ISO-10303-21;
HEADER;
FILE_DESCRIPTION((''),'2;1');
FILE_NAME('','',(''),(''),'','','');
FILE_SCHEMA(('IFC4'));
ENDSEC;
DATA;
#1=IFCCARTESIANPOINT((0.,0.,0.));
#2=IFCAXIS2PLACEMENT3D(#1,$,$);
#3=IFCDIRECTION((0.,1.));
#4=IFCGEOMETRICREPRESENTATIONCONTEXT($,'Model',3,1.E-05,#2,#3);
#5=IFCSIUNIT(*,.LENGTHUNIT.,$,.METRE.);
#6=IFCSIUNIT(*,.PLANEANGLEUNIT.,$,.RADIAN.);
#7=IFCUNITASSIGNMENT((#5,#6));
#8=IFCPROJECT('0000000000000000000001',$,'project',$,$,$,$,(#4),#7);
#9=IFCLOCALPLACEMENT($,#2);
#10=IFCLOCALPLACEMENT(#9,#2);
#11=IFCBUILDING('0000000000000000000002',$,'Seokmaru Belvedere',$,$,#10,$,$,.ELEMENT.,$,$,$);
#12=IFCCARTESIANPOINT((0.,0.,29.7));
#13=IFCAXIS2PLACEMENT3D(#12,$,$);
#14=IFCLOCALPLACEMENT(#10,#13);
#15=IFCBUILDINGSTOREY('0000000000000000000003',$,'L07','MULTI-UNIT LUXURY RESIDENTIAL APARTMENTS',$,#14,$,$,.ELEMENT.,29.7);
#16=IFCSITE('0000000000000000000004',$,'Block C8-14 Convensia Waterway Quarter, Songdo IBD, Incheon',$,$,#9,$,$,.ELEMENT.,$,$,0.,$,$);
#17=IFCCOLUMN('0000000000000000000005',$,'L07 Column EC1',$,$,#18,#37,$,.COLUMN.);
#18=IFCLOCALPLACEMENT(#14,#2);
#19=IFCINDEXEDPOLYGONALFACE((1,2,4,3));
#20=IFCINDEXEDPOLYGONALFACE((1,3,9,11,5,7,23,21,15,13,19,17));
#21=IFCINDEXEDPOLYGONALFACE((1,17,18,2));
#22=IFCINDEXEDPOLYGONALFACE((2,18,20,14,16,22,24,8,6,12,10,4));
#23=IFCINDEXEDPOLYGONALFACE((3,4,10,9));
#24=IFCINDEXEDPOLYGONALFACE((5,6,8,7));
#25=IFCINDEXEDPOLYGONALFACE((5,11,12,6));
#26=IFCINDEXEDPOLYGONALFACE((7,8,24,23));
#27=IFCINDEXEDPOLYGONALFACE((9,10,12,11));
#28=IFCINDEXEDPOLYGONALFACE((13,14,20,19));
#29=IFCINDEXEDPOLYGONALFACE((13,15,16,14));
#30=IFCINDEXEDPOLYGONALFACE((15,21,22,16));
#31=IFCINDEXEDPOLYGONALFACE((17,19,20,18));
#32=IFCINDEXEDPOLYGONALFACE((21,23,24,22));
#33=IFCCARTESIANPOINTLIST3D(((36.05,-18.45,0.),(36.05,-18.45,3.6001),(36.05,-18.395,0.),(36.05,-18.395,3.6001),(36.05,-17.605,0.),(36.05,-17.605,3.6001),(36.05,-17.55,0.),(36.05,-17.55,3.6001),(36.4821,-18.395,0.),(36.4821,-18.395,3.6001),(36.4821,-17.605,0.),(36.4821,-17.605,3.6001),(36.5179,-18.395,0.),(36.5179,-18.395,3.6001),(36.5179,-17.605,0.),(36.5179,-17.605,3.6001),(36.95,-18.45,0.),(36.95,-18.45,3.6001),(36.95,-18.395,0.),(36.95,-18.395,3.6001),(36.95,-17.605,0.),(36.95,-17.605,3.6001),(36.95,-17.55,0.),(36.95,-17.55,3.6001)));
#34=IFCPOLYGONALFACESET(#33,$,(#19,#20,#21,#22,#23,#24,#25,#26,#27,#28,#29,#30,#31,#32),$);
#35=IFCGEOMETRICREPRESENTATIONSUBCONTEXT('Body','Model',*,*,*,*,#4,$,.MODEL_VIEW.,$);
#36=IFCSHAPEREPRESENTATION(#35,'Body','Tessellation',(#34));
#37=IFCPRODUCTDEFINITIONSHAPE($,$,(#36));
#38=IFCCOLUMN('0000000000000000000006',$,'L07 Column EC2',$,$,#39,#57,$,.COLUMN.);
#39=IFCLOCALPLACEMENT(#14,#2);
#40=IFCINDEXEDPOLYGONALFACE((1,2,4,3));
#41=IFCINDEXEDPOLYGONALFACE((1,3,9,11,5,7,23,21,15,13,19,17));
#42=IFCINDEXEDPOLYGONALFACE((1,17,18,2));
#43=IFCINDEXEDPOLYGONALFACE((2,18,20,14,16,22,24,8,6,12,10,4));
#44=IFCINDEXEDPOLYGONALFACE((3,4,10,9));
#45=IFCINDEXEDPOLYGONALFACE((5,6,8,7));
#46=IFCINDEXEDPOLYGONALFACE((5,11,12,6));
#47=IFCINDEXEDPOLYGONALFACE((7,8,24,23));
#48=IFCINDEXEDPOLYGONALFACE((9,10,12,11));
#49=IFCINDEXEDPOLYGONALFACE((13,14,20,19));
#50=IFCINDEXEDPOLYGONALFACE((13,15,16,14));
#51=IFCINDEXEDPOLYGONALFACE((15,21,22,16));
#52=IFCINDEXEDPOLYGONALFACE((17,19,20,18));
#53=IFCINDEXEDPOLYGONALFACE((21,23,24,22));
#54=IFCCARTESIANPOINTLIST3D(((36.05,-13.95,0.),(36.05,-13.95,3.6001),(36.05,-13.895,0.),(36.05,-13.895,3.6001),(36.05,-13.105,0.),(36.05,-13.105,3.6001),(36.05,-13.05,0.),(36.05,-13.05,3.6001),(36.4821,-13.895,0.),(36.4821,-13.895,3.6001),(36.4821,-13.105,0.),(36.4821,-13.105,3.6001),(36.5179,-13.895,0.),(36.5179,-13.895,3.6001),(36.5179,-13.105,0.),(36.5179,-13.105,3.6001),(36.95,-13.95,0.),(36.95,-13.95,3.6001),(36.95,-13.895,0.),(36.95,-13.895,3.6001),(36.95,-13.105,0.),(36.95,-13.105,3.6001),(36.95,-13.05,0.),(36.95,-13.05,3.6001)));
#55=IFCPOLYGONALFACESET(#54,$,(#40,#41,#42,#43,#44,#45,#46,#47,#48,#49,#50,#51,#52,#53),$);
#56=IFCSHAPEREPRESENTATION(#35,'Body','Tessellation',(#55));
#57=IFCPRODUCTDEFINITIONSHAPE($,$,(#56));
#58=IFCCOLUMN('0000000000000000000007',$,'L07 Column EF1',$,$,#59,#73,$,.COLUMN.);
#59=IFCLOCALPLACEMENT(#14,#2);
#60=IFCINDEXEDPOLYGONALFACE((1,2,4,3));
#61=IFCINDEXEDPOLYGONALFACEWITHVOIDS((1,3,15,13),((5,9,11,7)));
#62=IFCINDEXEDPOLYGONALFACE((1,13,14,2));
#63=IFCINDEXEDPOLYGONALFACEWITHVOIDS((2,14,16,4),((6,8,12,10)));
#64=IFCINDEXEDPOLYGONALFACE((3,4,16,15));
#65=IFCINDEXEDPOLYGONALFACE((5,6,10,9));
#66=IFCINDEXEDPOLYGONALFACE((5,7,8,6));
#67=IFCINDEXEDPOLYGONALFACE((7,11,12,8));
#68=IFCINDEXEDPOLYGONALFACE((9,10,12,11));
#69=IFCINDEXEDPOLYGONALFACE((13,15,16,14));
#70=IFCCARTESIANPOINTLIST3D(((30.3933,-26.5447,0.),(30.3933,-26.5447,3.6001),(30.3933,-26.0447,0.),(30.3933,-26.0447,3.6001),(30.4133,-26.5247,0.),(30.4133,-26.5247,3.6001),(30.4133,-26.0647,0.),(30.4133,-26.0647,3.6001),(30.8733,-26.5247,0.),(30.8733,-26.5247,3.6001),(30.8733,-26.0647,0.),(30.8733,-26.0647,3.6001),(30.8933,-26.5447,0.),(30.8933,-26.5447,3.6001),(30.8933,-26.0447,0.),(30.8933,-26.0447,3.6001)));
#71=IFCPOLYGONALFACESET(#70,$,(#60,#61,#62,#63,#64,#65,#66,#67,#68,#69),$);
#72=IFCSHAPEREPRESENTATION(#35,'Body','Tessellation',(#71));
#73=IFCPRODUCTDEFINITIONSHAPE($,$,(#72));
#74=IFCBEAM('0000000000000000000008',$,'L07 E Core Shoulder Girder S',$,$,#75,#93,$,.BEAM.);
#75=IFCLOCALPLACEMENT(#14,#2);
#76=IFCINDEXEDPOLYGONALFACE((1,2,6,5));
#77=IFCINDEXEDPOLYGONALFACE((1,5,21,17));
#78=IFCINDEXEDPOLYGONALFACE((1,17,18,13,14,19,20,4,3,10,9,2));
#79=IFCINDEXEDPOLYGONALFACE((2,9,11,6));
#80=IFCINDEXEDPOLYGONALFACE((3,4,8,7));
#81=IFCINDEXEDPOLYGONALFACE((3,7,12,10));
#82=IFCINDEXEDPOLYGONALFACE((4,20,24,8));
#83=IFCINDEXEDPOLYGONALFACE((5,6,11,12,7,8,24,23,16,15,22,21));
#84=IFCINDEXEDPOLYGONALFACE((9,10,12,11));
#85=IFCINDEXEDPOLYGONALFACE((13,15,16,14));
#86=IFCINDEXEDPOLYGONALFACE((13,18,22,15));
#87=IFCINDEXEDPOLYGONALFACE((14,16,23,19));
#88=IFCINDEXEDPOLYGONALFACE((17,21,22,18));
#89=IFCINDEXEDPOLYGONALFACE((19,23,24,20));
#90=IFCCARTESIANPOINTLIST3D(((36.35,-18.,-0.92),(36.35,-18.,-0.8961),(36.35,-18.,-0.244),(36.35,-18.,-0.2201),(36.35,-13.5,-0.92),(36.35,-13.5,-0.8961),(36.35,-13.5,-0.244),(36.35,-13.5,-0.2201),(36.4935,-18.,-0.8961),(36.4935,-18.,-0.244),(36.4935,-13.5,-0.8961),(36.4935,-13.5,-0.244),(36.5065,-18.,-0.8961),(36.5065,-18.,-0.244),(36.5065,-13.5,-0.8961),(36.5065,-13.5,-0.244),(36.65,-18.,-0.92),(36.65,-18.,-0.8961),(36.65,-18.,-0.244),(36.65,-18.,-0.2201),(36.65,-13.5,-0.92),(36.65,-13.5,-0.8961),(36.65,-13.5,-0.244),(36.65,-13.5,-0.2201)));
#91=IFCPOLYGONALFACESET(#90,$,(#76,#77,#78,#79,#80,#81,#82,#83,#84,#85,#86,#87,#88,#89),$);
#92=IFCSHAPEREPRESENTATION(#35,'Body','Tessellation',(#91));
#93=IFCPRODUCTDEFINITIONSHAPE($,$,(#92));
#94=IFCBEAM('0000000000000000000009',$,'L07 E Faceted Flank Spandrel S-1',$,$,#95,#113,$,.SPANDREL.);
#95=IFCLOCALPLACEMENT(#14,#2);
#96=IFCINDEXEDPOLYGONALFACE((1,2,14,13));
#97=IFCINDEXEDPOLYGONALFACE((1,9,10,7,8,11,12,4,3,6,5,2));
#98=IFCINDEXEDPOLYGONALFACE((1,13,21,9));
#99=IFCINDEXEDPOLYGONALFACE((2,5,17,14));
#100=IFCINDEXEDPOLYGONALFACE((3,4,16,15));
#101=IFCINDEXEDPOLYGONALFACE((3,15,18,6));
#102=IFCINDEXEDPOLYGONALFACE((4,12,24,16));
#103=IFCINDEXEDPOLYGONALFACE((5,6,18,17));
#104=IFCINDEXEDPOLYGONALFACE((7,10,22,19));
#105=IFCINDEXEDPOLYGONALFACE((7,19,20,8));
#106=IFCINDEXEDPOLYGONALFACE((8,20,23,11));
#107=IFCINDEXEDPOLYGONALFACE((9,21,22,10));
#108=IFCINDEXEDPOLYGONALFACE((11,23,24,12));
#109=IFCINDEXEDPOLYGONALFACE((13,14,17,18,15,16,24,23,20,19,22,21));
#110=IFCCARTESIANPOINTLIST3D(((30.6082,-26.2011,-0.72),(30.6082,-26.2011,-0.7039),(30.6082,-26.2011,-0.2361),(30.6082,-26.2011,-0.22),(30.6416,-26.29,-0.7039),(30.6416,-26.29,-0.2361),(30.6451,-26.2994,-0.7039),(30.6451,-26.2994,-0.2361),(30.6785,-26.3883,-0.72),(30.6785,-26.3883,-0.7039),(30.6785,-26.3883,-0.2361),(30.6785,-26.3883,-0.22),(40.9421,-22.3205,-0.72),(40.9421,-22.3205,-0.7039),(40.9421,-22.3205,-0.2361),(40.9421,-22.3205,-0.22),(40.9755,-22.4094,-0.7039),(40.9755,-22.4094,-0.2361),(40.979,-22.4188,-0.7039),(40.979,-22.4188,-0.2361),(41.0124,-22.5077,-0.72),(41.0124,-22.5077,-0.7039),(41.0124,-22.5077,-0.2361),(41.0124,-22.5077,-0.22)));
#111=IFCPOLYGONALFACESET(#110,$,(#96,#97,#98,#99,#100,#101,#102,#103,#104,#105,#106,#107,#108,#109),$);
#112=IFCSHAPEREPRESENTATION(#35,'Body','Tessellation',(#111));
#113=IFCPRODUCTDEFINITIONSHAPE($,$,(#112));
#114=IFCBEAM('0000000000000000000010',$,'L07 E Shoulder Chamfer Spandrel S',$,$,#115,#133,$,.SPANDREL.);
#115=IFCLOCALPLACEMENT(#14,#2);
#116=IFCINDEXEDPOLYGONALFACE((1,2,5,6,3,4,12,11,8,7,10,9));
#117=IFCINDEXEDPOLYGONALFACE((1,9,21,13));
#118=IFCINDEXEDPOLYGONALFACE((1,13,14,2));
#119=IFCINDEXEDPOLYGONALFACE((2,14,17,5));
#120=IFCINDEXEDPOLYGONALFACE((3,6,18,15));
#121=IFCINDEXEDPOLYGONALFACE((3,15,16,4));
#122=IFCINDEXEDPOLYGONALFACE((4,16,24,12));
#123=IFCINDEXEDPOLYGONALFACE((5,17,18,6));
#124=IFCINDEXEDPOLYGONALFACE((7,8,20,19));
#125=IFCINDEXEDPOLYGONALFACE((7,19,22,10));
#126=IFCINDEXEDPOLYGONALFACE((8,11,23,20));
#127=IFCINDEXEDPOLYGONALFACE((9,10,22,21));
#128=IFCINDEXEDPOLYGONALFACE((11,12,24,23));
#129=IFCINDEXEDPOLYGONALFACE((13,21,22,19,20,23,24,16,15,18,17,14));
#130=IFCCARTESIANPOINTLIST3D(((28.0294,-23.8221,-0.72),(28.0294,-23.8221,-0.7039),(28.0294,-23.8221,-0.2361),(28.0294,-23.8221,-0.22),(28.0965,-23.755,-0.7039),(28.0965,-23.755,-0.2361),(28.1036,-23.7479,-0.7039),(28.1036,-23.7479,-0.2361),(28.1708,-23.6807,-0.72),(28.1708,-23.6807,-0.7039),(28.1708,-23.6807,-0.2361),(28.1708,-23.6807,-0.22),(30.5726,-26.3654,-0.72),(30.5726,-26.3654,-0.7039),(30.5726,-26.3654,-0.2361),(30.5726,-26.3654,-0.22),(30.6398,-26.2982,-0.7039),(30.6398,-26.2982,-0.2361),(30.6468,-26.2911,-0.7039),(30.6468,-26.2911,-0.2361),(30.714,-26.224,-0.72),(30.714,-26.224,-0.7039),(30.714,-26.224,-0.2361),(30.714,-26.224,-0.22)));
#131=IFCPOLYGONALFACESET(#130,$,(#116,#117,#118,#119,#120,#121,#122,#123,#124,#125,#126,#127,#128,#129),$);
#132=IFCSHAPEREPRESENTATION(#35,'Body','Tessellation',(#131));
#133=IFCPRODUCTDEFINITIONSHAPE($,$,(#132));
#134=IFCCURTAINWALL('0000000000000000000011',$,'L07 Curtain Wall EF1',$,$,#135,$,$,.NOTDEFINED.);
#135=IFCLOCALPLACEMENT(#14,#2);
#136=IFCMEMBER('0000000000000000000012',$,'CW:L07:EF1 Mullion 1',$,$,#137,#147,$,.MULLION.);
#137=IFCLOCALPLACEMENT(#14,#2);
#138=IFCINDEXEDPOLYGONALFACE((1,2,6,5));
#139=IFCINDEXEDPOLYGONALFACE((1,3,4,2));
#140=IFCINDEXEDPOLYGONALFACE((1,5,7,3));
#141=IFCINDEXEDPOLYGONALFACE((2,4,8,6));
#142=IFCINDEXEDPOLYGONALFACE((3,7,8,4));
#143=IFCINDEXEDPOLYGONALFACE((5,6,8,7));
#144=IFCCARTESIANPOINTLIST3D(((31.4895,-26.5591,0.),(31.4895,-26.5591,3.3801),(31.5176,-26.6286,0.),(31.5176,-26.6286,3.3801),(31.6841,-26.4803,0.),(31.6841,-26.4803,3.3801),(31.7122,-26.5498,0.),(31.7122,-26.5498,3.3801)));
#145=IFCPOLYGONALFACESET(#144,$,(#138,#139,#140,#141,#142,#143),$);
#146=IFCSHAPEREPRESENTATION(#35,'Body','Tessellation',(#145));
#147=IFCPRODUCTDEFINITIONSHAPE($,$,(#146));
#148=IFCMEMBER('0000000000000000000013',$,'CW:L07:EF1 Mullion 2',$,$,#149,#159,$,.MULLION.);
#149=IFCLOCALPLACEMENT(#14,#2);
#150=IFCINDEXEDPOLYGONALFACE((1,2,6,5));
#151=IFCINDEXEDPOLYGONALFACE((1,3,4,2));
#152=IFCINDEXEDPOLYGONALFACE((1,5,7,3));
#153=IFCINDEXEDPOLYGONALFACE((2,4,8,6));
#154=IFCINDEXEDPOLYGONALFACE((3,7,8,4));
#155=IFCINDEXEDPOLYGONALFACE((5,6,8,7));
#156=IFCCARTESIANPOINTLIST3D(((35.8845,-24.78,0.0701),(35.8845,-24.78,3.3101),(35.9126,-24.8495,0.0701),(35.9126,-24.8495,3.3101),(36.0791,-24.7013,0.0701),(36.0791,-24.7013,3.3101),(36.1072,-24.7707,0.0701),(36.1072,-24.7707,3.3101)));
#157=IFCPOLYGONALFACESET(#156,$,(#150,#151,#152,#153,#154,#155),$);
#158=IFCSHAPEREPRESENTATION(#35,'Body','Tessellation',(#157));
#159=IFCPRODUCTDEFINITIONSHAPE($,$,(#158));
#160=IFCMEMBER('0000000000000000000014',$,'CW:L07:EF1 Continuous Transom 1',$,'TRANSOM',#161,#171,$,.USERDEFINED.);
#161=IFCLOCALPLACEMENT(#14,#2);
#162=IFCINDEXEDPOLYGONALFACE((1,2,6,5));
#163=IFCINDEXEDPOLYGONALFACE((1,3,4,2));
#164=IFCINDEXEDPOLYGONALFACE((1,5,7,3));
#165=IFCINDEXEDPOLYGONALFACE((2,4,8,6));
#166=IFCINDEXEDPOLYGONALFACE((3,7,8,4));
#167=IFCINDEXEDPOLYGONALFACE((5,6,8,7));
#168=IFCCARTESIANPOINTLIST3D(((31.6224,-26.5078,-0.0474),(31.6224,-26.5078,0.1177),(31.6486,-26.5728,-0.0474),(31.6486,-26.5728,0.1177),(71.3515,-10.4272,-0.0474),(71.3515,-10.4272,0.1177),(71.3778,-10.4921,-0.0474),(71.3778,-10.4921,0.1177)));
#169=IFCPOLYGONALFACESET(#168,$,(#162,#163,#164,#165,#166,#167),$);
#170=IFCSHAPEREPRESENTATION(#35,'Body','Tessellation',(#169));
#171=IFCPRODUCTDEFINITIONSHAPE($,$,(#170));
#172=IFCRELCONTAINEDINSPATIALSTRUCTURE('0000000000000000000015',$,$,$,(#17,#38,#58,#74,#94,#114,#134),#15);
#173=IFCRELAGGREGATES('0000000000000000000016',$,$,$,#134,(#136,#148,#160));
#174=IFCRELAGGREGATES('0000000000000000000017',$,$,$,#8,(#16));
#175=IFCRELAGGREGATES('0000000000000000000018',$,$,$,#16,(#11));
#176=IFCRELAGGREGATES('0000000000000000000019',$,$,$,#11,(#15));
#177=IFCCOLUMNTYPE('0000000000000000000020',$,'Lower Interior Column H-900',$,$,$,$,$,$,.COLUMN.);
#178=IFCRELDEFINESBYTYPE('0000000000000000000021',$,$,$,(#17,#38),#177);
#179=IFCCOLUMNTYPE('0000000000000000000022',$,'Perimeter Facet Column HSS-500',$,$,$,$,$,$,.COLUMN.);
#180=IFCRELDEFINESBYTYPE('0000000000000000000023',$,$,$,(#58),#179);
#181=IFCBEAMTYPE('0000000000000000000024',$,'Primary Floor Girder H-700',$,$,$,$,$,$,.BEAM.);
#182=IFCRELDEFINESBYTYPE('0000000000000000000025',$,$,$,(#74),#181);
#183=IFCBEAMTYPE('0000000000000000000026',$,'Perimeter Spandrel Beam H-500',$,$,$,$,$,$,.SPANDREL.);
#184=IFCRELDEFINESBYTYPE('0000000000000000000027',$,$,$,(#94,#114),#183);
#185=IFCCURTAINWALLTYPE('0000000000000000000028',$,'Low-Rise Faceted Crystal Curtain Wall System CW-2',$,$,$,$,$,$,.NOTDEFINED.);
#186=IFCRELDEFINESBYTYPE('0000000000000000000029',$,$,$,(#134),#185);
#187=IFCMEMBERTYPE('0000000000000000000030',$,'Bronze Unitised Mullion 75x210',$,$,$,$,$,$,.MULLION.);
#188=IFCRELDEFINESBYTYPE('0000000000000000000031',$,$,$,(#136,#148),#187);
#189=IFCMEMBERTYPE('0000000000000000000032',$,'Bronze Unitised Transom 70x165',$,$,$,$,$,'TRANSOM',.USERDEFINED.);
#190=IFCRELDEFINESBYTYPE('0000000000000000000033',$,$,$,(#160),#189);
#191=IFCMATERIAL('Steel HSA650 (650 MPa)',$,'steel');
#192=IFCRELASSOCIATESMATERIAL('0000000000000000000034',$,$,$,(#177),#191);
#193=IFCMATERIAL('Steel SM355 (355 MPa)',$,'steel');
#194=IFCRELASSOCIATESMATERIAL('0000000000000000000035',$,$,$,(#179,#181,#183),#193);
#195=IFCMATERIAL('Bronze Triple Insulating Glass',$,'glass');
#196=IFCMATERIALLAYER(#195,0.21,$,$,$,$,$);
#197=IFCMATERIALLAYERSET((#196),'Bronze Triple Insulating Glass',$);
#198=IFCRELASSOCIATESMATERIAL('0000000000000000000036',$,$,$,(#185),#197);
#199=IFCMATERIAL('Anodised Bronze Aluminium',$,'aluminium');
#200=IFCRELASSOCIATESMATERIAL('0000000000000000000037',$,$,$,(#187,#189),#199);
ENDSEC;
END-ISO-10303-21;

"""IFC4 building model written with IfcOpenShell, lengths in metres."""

from ifc_helpers import new_model, si_unit, direction, frame, origin, origin_2d, place, context, subcontext, project, spatial, rectangle, hollow_rectangle, i_section, extrude, source, transform, mapped, material, layer, layer_set, material_profile, profile_set, type_object, type_shapes, element, aggregate, save


model = new_model("IFC4")

# Units and contexts
model_context = context("Model", 3, precision=1e-05, world=origin(), true_north=direction((0.0, 1.0)))
body_context = subcontext(model_context, "Body", "Model", "MODEL_VIEW")
ifc_project = project(units=[si_unit("LENGTHUNIT", "METRE"), si_unit("PLANEANGLEUNIT", "RADIAN")], contexts=[model_context])

# Site, building, storey
site_placement = place(None, origin())
site = spatial("IfcSite", under=ifc_project, at=site_placement, Name="Block C8-14 Convensia Waterway Quarter, Songdo IBD, Incheon", CompositionType="ELEMENT", RefElevation=0.0)
building_placement = place(site_placement, origin())
building = spatial("IfcBuilding", under=site, at=building_placement, Name="Seokmaru Belvedere", CompositionType="ELEMENT")
storey_placement = place(building_placement, frame((0.0, 0.0, 29.7)))
storey = spatial("IfcBuildingStorey", under=building, at=storey_placement, Name="L07", Description="MULTI-UNIT LUXURY RESIDENTIAL APARTMENTS", CompositionType="ELEMENT", Elevation=29.7)

# Columns
ifc_material_1 = material(Name="Steel HSA650 (650 MPa)", Category="steel")
ifc_material_profile_1 = material_profile(ifc_material_1, i_section(OverallWidth=0.8999, OverallDepth=0.8999, WebThickness=0.0359, FlangeThickness=0.0549, at=origin_2d()), Name="H-900x900x36x55")
ifc_profile_set_1 = profile_set([ifc_material_profile_1], Name="Steel HSA650 (650 MPa)")
column_type_1 = type_object("IfcColumnType", Name="Lower Interior Column H-900", PredefinedType="COLUMN", material=ifc_profile_set_1)
shared_shape_1 = source(origin(), body_context, "Body", "SweptSolid", [
    extrude(i_section(OverallWidth=0.8999, OverallDepth=0.8999, WebThickness=0.0359, FlangeThickness=0.0549, at=origin_2d()), origin(), (0.0, 0.0, 1.0), 3.6001),
])
type_shapes(column_type_1, [shared_shape_1])
for number, where, z_axis, x_axis, name in (
    (1, (36.5, -18.0, 0.0), (0.0, 0.0, 1.0), (1.0, 0.0, 0.0), "L07 Column EC1"),
    (2, (36.5, -13.5, 0.0), (0.0, 0.0, 1.0), (1.0, 0.0, 0.0), "L07 Column EC2"),
):
    element("IfcColumn", number, at=place(storey_placement, frame(where, z_axis=z_axis, x_axis=x_axis)), inside=storey, type_object=column_type_1, Name=name, PredefinedType="COLUMN", context=body_context, shape_type="MappedRepresentation", body=[
        mapped(shared_shape_1, transform((0.0, 0.0, 0.0), scale=1.0)),
    ])
ifc_material_2 = material(Name="Steel SM355 (355 MPa)", Category="steel")
ifc_material_profile_2 = material_profile(ifc_material_2, hollow_rectangle(XDim=0.5, YDim=0.5, WallThickness=0.02, at=origin_2d()), Name="HSS-500x500x20")
ifc_profile_set_2 = profile_set([ifc_material_profile_2], Name="Steel SM355 (355 MPa)")
column_type_2 = type_object("IfcColumnType", Name="Perimeter Facet Column HSS-500", PredefinedType="COLUMN", material=ifc_profile_set_2)
shared_shape_2 = source(origin(), body_context, "Body", "SweptSolid", [
    extrude(hollow_rectangle(XDim=0.5, YDim=0.5, WallThickness=0.02, at=origin_2d()), origin(), (0.0, 0.0, 1.0), 3.6001),
])
type_shapes(column_type_2, [shared_shape_2])
column_placement = place(storey_placement, frame((30.6433, -26.2947, 0.0), z_axis=(0.0, 0.0, 1.0), x_axis=(1.0, 0.0, 0.0)))
element("IfcColumn", 3, at=column_placement, inside=storey, type_object=column_type_2, Name="L07 Column EF1", PredefinedType="COLUMN", context=body_context, shape_type="MappedRepresentation", body=[
    mapped(shared_shape_2, transform((0.0, 0.0, 0.0), scale=1.0)),
])

# Beams
ifc_material_profile_3 = material_profile(ifc_material_2, i_section(OverallWidth=0.3, OverallDepth=0.7, WebThickness=0.0129, FlangeThickness=0.0239, at=origin_2d()), Name="H-700x300x13x24")
ifc_profile_set_3 = profile_set([ifc_material_profile_3], Name="Steel SM355 (355 MPa)")
beam_type_1 = type_object("IfcBeamType", Name="Primary Floor Girder H-700", PredefinedType="BEAM", material=ifc_profile_set_3)
shared_shape_3 = source(origin(), body_context, "Body", "SweptSolid", [
    extrude(i_section(OverallWidth=0.3, OverallDepth=0.7, WebThickness=0.0129, FlangeThickness=0.0239, at=origin_2d()), origin(), (0.0, 0.0, 1.0), 4.5),
])
type_shapes(beam_type_1, [shared_shape_3])
beam_1_placement = place(storey_placement, frame((36.5, -18.0, -0.5701), z_axis=(0.0, 1.0, 0.0), x_axis=(-1.0, 0.0, 0.0)))
element("IfcBeam", 4, at=beam_1_placement, inside=storey, type_object=beam_type_1, Name="L07 E Core Shoulder Girder S", PredefinedType="BEAM", context=body_context, shape_type="MappedRepresentation", body=[
    mapped(shared_shape_3, transform((0.0, 0.0, 0.0), scale=1.0)),
])
ifc_material_profile_4 = material_profile(ifc_material_2, i_section(OverallWidth=0.2, OverallDepth=0.5, WebThickness=0.01, FlangeThickness=0.0161, at=origin_2d()), Name="H-500x200x10x16")
ifc_profile_set_4 = profile_set([ifc_material_profile_4], Name="Steel SM355 (355 MPa)")
beam_type_2 = type_object("IfcBeamType", Name="Perimeter Spandrel Beam H-500", PredefinedType="SPANDREL", material=ifc_profile_set_4)
shared_shape_4 = source(origin(), body_context, "Body", "SweptSolid", [
    extrude(i_section(OverallWidth=0.2, OverallDepth=0.5, WebThickness=0.01, FlangeThickness=0.0161, at=origin_2d()), origin(), (0.0, 0.0, 1.0), 11.0386),
])
beam_2_placement = place(storey_placement, frame((30.6433, -26.2947, -0.47), z_axis=(0.936169, 0.35155, 0.0), x_axis=(-0.35155, 0.936169, 0.0)))
element("IfcBeam", 5, at=beam_2_placement, inside=storey, type_object=beam_type_2, Name="L07 E Faceted Flank Spandrel S-1", PredefinedType="SPANDREL", context=body_context, shape_type="MappedRepresentation", body=[
    mapped(shared_shape_4, transform((0.0, 0.0, 0.0), scale=1.0)),
])
shared_shape_5 = source(origin(), body_context, "Body", "SweptSolid", [
    extrude(i_section(OverallWidth=0.2, OverallDepth=0.5, WebThickness=0.01, FlangeThickness=0.0161, at=origin_2d()), origin(), (0.0, 0.0, 1.0), 3.5967),
])
type_shapes(beam_type_2, [shared_shape_4, shared_shape_5])
beam_3_placement = place(storey_placement, frame((30.6433, -26.2947, -0.47), z_axis=(-0.707107, 0.707107, 0.0), x_axis=(-0.707107, -0.707107, 0.0)))
element("IfcBeam", 6, at=beam_3_placement, inside=storey, type_object=beam_type_2, Name="L07 E Shoulder Chamfer Spandrel S", PredefinedType="SPANDREL", context=body_context, shape_type="MappedRepresentation", body=[
    mapped(shared_shape_5, transform((0.0, 0.0, 0.0), scale=1.0)),
])

# Curtain wall, members
ifc_material_3 = material(Name="Bronze Triple Insulating Glass", Category="glass")
ifc_layer_1 = layer(ifc_material_3, 0.21)
ifc_layer_set_1 = layer_set([ifc_layer_1], Name="Bronze Triple Insulating Glass")
curtain_wall_type = type_object("IfcCurtainWallType", Name="Low-Rise Faceted Crystal Curtain Wall System CW-2", PredefinedType="NOTDEFINED", material=ifc_layer_set_1)
curtain_wall_placement = place(storey_placement, origin())
curtain_wall = element("IfcCurtainWall", 7, at=curtain_wall_placement, inside=storey, type_object=curtain_wall_type, Name="L07 Curtain Wall EF1", PredefinedType="NOTDEFINED")
ifc_material_4 = material(Name="Anodised Bronze Aluminium", Category="aluminium")
ifc_material_profile_5 = material_profile(ifc_material_4, rectangle(XDim=0.075, YDim=0.21, at=origin_2d()), Name="CW-M-75x210")
ifc_profile_set_5 = profile_set([ifc_material_profile_5], Name="Anodised Bronze Aluminium")
member_type_1 = type_object("IfcMemberType", Name="Bronze Unitised Mullion 75x210", PredefinedType="MULLION", material=ifc_profile_set_5)
shared_shape_6 = source(origin(), body_context, "Body", "SweptSolid", [
    extrude(rectangle(XDim=0.075, YDim=0.21, at=origin_2d()), origin(), (0.0, 0.0, 1.0), 3.3801),
])
member_1_placement = place(storey_placement, frame((31.6008, -26.5544, 0.0), z_axis=(0.0, 0.0, 1.0), x_axis=(-0.375192, 0.926947, 0.0)))
member_1 = element("IfcMember", 8, at=member_1_placement, type_object=member_type_1, Name="CW:L07:EF1 Mullion 1", PredefinedType="MULLION", context=body_context, shape_type="MappedRepresentation", body=[
    mapped(shared_shape_6, transform((0.0, 0.0, 0.0), scale=1.0)),
])
shared_shape_7 = source(origin(), body_context, "Body", "SweptSolid", [
    extrude(rectangle(XDim=0.075, YDim=0.21, at=origin_2d()), origin(), (0.0, 0.0, 1.0), 3.24),
])
type_shapes(member_type_1, [shared_shape_6, shared_shape_7])
member_2_placement = place(storey_placement, frame((35.9958, -24.7754, 0.0701), z_axis=(0.0, 0.0, 1.0), x_axis=(-0.375192, 0.926947, 0.0)))
member_2 = element("IfcMember", 9, at=member_2_placement, type_object=member_type_1, Name="CW:L07:EF1 Mullion 2", PredefinedType="MULLION", context=body_context, shape_type="MappedRepresentation", body=[
    mapped(shared_shape_7, transform((0.0, 0.0, 0.0), scale=1.0)),
])
ifc_material_profile_6 = material_profile(ifc_material_4, rectangle(XDim=0.0701, YDim=0.165, at=origin_2d()), Name="CW-T-70x165")
ifc_profile_set_6 = profile_set([ifc_material_profile_6], Name="Anodised Bronze Aluminium")
member_type_2 = type_object("IfcMemberType", Name="Bronze Unitised Transom 70x165", ElementType="TRANSOM", PredefinedType="USERDEFINED", material=ifc_profile_set_6)
shared_shape_8 = source(origin(), body_context, "Body", "SweptSolid", [
    extrude(rectangle(XDim=0.0701, YDim=0.165, at=origin_2d()), origin(), (0.0, 0.0, 1.0), 42.8601),
])
type_shapes(member_type_2, [shared_shape_8])
member_3_placement = place(storey_placement, frame((31.6355, -26.5403, 0.0352), z_axis=(0.926949, 0.375188, 0.0), x_axis=(-0.375188, 0.926949, 0.0)))
member_3 = element("IfcMember", 10, at=member_3_placement, type_object=member_type_2, Name="CW:L07:EF1 Continuous Transom 1", ObjectType="TRANSOM", PredefinedType="USERDEFINED", context=body_context, shape_type="MappedRepresentation", body=[
    mapped(shared_shape_8, transform((0.0, 0.0, 0.0), scale=1.0)),
])

aggregate(curtain_wall, [member_1, member_2, member_3])

save(model, "model.ifc")
